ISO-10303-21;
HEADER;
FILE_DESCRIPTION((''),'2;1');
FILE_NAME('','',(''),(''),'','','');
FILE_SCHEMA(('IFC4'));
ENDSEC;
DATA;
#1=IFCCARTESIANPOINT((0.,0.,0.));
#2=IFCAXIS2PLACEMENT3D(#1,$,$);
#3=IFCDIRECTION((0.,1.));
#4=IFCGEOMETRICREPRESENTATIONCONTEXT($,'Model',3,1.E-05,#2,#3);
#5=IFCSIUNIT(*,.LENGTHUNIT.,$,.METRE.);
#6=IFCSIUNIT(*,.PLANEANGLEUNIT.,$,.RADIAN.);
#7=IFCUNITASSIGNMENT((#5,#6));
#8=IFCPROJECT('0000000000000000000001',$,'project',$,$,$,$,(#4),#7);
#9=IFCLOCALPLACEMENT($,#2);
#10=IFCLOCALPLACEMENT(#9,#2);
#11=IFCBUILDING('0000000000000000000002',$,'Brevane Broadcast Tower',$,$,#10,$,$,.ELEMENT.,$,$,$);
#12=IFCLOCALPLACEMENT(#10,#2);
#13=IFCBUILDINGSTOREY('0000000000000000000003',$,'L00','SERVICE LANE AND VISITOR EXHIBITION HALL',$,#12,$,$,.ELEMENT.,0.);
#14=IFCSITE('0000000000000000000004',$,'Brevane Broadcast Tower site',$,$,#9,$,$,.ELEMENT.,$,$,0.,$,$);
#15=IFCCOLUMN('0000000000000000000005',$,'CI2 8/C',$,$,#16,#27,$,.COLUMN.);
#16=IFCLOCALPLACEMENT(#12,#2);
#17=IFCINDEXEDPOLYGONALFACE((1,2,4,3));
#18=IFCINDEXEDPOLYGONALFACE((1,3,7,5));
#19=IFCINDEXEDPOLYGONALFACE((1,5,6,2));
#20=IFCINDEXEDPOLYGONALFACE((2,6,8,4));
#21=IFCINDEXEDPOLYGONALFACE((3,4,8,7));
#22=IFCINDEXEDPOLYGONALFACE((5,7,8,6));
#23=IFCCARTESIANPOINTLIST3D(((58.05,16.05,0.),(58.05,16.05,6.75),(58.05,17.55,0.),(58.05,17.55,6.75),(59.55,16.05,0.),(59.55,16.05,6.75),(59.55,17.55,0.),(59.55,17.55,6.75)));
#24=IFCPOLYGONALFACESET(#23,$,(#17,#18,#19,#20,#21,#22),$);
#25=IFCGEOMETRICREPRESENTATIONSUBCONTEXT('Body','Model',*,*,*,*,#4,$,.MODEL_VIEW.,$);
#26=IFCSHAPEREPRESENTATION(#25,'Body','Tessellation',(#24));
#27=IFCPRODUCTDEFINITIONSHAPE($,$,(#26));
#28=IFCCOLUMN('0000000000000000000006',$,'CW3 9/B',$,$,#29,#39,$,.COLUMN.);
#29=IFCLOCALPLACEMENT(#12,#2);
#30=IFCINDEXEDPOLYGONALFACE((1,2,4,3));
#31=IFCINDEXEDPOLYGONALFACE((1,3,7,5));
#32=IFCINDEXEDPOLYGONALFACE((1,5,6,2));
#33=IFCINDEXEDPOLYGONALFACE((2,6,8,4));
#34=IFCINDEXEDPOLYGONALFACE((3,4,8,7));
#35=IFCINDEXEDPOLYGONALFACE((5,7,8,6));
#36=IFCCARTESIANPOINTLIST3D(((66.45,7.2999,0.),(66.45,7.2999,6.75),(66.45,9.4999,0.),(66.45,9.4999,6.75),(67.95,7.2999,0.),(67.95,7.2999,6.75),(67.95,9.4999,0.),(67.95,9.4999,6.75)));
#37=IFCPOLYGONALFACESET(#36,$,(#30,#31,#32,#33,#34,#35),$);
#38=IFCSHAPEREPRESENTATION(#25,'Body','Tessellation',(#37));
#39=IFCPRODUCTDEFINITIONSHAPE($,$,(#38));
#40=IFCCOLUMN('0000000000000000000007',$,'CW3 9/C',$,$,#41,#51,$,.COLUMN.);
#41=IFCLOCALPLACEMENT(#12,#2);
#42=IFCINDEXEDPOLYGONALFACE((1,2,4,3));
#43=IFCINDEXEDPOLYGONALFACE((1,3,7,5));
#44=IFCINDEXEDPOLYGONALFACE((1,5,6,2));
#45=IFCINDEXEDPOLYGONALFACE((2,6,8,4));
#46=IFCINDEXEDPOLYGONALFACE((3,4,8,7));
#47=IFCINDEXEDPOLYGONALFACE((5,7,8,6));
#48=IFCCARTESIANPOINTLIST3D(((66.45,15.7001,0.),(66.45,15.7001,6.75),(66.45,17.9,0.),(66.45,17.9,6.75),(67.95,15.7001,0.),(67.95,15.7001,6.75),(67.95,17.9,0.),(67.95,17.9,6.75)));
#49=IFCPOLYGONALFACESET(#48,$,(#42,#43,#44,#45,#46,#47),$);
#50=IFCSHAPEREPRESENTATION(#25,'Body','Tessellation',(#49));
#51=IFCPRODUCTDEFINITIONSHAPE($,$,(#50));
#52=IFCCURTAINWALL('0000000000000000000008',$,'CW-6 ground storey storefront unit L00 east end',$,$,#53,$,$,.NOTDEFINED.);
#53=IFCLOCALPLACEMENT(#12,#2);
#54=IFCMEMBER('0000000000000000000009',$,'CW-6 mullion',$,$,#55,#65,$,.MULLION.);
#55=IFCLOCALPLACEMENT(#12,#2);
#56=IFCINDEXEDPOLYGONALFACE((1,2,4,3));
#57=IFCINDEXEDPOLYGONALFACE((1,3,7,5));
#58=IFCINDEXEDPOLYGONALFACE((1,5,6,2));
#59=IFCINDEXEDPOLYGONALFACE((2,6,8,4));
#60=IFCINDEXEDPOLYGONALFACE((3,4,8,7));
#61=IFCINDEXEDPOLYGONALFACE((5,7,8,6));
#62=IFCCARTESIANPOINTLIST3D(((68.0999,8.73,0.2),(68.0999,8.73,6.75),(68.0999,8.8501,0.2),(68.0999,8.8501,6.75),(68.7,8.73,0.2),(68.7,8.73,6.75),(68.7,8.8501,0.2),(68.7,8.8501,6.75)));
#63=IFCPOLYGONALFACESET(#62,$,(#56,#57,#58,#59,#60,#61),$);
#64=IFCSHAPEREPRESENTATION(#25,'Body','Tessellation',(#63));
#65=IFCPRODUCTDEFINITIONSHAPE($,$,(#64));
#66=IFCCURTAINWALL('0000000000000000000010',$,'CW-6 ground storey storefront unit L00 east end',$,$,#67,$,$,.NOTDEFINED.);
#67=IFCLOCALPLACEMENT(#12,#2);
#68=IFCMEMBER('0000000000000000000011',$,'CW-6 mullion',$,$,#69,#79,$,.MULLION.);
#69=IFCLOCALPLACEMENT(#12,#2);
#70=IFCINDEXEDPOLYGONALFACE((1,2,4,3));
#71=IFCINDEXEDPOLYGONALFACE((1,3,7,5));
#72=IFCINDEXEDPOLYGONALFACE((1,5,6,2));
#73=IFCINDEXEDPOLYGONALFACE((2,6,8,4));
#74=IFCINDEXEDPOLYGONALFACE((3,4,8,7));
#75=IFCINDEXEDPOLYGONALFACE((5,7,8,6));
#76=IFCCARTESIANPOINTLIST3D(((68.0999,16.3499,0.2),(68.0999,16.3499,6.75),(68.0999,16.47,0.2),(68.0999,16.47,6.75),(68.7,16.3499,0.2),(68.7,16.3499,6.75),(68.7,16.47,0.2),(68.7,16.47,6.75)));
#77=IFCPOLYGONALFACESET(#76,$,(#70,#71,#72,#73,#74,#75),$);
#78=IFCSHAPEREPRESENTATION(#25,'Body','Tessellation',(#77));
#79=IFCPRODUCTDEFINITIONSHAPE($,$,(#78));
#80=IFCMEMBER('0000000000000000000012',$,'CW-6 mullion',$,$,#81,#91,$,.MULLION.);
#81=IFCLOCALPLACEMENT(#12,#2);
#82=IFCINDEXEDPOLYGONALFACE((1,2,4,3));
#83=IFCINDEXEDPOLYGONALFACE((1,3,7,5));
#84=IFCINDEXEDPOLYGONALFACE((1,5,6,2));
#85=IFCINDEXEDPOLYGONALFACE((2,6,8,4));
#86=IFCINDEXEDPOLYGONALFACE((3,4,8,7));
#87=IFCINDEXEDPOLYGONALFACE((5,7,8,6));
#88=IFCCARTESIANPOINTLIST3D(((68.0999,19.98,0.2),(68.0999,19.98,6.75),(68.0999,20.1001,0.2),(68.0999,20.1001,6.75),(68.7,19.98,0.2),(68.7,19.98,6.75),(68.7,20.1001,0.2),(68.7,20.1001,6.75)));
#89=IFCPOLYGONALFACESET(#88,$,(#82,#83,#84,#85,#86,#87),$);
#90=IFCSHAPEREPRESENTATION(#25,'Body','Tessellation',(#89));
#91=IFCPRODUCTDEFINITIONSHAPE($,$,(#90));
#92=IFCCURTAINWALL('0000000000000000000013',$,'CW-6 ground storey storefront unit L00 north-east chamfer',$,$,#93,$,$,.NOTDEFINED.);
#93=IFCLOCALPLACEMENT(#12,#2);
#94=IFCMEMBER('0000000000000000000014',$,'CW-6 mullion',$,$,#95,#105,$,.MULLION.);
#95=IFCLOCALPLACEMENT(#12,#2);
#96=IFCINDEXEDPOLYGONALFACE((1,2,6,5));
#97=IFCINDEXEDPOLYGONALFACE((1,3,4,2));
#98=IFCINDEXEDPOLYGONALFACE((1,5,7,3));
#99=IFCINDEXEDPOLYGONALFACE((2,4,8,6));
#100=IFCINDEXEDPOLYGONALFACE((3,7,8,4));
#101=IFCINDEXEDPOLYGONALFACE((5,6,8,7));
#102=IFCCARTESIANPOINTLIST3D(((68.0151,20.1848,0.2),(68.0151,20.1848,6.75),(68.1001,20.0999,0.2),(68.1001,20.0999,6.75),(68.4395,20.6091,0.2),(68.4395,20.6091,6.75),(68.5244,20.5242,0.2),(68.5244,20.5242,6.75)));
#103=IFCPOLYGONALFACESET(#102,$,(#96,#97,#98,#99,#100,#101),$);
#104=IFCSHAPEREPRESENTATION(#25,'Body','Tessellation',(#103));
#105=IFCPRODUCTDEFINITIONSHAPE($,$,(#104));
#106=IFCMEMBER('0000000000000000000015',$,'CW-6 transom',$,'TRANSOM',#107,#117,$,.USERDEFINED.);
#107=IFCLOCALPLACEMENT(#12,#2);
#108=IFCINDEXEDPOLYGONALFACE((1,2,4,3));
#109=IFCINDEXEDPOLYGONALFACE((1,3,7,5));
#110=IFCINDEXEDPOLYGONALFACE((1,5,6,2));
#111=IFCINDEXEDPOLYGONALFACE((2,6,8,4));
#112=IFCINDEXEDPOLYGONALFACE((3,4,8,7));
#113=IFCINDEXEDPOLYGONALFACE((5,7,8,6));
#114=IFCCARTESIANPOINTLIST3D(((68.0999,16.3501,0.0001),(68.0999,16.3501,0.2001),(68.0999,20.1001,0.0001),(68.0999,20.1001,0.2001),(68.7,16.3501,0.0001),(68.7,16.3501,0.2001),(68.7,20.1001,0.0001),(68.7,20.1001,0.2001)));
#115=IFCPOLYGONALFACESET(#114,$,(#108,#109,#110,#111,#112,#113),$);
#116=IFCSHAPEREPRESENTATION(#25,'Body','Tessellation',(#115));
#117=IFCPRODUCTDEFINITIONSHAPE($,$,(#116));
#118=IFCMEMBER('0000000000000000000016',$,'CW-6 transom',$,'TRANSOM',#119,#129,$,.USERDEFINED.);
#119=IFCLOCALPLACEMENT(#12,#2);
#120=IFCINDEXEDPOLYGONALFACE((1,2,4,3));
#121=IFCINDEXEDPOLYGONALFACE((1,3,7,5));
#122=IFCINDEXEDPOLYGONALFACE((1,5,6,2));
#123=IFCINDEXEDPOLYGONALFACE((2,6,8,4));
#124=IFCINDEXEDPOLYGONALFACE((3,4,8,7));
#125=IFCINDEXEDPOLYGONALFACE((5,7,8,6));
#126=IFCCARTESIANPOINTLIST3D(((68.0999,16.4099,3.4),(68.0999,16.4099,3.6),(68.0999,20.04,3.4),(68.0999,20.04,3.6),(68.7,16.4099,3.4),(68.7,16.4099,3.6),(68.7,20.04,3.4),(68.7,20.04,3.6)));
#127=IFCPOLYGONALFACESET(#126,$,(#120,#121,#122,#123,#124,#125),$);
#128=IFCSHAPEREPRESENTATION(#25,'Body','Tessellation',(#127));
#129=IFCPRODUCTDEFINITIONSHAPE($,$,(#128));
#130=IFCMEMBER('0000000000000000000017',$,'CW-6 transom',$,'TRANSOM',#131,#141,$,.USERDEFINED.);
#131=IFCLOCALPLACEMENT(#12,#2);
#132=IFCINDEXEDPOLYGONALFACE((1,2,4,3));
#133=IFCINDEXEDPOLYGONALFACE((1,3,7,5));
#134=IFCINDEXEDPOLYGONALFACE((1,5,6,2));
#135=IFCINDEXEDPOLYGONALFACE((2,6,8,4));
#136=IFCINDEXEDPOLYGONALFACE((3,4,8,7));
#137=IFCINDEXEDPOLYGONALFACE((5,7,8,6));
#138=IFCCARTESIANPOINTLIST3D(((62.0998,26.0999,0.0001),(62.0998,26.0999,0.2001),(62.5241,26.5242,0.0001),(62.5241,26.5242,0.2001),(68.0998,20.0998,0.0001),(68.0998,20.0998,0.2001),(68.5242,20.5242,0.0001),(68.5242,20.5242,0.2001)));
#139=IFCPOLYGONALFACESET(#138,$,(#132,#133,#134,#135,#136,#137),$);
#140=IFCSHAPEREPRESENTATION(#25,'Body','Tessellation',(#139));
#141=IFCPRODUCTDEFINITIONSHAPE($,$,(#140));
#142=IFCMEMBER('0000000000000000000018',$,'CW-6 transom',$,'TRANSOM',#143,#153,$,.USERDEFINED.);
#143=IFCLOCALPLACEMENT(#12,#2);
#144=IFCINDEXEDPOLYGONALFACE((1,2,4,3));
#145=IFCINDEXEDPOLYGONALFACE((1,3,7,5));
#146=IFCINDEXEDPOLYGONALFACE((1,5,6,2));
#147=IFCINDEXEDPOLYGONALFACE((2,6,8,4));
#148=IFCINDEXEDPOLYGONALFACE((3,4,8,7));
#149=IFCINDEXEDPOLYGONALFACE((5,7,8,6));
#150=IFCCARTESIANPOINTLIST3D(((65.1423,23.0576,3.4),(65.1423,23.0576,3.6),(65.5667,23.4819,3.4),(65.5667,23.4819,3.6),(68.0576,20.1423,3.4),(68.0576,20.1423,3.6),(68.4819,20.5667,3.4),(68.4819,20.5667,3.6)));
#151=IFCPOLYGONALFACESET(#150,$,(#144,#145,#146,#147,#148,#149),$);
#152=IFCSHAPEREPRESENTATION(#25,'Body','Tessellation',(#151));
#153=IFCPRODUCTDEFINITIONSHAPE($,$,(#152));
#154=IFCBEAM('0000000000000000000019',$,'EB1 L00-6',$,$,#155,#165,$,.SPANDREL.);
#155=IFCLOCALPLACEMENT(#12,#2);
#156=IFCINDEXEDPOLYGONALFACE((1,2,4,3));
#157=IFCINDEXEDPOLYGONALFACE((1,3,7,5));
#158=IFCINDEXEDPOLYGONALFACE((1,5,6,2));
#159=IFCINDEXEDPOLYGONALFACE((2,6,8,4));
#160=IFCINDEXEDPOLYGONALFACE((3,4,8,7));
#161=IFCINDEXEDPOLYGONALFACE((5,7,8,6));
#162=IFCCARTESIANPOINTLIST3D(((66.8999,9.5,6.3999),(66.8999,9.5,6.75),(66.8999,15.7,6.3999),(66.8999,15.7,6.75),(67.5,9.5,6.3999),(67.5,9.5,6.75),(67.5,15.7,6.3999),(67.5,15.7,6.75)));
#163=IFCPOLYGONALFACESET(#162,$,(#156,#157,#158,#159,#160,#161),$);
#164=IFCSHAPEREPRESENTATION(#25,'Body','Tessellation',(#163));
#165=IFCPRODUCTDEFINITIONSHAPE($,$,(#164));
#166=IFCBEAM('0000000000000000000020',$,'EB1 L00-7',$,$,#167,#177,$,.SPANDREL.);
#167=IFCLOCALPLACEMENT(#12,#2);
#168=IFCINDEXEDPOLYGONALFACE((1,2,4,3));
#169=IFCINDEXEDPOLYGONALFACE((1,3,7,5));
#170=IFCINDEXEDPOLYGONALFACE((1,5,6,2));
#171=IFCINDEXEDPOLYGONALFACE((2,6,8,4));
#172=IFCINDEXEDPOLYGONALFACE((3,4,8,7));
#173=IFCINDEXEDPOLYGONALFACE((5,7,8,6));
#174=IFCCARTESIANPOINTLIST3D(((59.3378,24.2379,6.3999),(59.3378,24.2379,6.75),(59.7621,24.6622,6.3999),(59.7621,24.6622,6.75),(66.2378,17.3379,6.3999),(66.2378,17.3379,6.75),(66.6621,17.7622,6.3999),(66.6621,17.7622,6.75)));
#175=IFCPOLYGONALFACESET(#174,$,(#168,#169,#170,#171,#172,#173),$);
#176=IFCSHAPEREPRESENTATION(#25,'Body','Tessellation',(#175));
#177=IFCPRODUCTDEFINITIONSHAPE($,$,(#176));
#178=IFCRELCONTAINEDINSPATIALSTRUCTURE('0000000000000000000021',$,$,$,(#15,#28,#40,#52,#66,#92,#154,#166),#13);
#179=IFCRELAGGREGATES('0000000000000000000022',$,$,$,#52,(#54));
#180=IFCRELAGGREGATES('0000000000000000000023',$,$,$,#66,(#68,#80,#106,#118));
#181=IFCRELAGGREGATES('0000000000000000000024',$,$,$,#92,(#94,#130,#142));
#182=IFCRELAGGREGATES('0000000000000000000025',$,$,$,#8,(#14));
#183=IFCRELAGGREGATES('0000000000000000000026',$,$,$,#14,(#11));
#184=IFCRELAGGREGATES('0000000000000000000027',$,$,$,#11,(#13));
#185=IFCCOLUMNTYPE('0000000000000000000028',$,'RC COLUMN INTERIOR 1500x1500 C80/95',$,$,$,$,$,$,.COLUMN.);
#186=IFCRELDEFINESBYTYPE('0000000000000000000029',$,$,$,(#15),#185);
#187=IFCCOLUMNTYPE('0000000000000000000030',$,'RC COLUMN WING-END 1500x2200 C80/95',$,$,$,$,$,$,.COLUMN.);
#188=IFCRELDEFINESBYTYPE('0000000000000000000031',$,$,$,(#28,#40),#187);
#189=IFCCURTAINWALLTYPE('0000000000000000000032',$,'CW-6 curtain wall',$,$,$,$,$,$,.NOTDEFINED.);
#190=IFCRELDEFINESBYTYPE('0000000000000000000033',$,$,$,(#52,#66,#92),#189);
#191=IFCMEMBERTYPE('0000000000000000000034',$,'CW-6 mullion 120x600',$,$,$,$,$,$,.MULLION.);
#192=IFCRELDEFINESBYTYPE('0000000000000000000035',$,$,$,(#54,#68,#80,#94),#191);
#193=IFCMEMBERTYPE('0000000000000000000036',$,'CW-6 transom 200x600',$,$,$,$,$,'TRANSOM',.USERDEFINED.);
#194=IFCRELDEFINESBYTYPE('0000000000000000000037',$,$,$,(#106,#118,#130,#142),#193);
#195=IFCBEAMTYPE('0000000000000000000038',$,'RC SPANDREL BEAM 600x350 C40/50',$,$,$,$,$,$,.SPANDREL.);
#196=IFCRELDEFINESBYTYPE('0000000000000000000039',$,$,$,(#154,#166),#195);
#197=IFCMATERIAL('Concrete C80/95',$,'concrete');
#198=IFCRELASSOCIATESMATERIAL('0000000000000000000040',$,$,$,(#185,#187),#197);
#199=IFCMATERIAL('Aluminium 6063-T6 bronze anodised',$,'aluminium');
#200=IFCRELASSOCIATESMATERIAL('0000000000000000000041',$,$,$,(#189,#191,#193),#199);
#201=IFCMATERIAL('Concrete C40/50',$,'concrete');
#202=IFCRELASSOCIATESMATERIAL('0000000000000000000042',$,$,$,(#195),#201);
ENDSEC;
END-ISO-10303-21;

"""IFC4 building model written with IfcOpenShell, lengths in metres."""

from ifc_helpers import new_model, si_unit, direction, frame, origin, origin_2d, place, context, subcontext, project, spatial, rectangle, extrude, material, material_profile, profile_set, type_object, element, aggregate, save


model = new_model("IFC4")

# Units and contexts
model_context = context("Model", 3, precision=1e-05, world=origin(), true_north=direction((0.0, 1.0)))
body_context = subcontext(model_context, "Body", "Model", "MODEL_VIEW")
ifc_project = project(units=[si_unit("LENGTHUNIT", "METRE"), si_unit("PLANEANGLEUNIT", "RADIAN")], contexts=[model_context])

# Site, building, storey
site_placement = place(None, origin())
site = spatial("IfcSite", under=ifc_project, at=site_placement, Name="Brevane Broadcast Tower site", CompositionType="ELEMENT", RefElevation=0.0)
building_placement = place(site_placement, origin())
building = spatial("IfcBuilding", under=site, at=building_placement, Name="Brevane Broadcast Tower", CompositionType="ELEMENT")
storey_placement = place(building_placement, origin())
storey = spatial("IfcBuildingStorey", under=building, at=storey_placement, Name="L00", Description="SERVICE LANE AND VISITOR EXHIBITION HALL", CompositionType="ELEMENT", Elevation=0.0)

# Columns
ifc_material_1 = material(Name="Concrete C80/95", Category="concrete")
ifc_material_profile_1 = material_profile(ifc_material_1, rectangle(XDim=1.5, YDim=1.5, at=origin_2d()), Name="RC 1500x1500")
ifc_profile_set_1 = profile_set([ifc_material_profile_1], Name="Concrete C80/95")
column_type_1 = type_object("IfcColumnType", Name="RC COLUMN INTERIOR 1500x1500 C80/95", PredefinedType="COLUMN", material=ifc_profile_set_1)
column_placement = place(storey_placement, frame((58.8, 16.8, 0.0), z_axis=(0.0, 0.0, 1.0), x_axis=(1.0, 0.0, 0.0)))
element("IfcColumn", 1, at=column_placement, inside=storey, type_object=column_type_1, Name="CI2 8/C", PredefinedType="COLUMN", context=body_context, shape_type="SweptSolid", body=[
    extrude(rectangle(XDim=1.5, YDim=1.5, at=origin_2d()), origin(), (0.0, 0.0, 1.0), 6.75),
])
ifc_material_profile_2 = material_profile(ifc_material_1, rectangle(XDim=1.5, YDim=2.2, at=origin_2d()), Name="RC 1500x2200")
ifc_profile_set_2 = profile_set([ifc_material_profile_2], Name="Concrete C80/95")
column_type_2 = type_object("IfcColumnType", Name="RC COLUMN WING-END 1500x2200 C80/95", PredefinedType="COLUMN", material=ifc_profile_set_2)
for number, where, z_axis, x_axis, name in (
    (2, (67.2, 8.3999, 0.0), (0.0, 0.0, 1.0), (1.0, 0.0, 0.0), "CW3 9/B"),
    (3, (67.2, 16.8, 0.0), (0.0, 0.0, 1.0), (1.0, 0.0, 0.0), "CW3 9/C"),
):
    element("IfcColumn", number, at=place(storey_placement, frame(where, z_axis=z_axis, x_axis=x_axis)), inside=storey, type_object=column_type_2, Name=name, PredefinedType="COLUMN", context=body_context, shape_type="SweptSolid", body=[
        extrude(rectangle(XDim=1.5, YDim=2.2, at=origin_2d()), origin(), (0.0, 0.0, 1.0), 6.75),
    ])

# Curtain wall, member
ifc_material_2 = material(Name="Aluminium 6063-T6 bronze anodised", Category="aluminium")
curtain_wall_type = type_object("IfcCurtainWallType", Name="CW-6 curtain wall", PredefinedType="NOTDEFINED", material=ifc_material_2)
curtain_wall_1_placement = place(storey_placement, origin())
curtain_wall_1 = element("IfcCurtainWall", 4, at=curtain_wall_1_placement, inside=storey, type_object=curtain_wall_type, Name="CW-6 ground storey storefront unit L00 east end", PredefinedType="NOTDEFINED")
ifc_material_profile_3 = material_profile(ifc_material_2, rectangle(XDim=0.6001, YDim=0.1201, at=origin_2d()), Name="RECT 120x600")
ifc_profile_set_3 = profile_set([ifc_material_profile_3], Name="Aluminium 6063-T6 bronze anodised")
member_type_1 = type_object("IfcMemberType", Name="CW-6 mullion 120x600", PredefinedType="MULLION", material=ifc_profile_set_3)
member_1_placement = place(storey_placement, frame((68.3999, 8.79, 0.2), z_axis=(0.0, 0.0, 1.0), x_axis=(-1.0, 0.0, 0.0)))
member_1 = element("IfcMember", 5, at=member_1_placement, type_object=member_type_1, Name="CW-6 mullion", PredefinedType="MULLION", context=body_context, shape_type="SweptSolid", body=[
    extrude(rectangle(XDim=0.6001, YDim=0.1201, at=origin_2d()), origin(), (0.0, 0.0, 1.0), 6.55),
])
aggregate(curtain_wall_1, [member_1])

# Curtain wall, members
curtain_wall_2_placement = place(storey_placement, origin())
curtain_wall_2 = element("IfcCurtainWall", 6, at=curtain_wall_2_placement, inside=storey, type_object=curtain_wall_type, Name="CW-6 ground storey storefront unit L00 east end", PredefinedType="NOTDEFINED")
member_2_placement = place(storey_placement, frame((68.3999, 16.4099, 0.2), z_axis=(0.0, 0.0, 1.0), x_axis=(-1.0, 0.0, 0.0)))
member_2 = element("IfcMember", 7, at=member_2_placement, type_object=member_type_1, Name="CW-6 mullion", PredefinedType="MULLION", context=body_context, shape_type="SweptSolid", body=[
    extrude(rectangle(XDim=0.6001, YDim=0.1201, at=origin_2d()), origin(), (0.0, 0.0, 1.0), 6.55),
])
member_3_placement = place(storey_placement, frame((68.3999, 20.04, 0.2), z_axis=(0.0, 0.0, 1.0), x_axis=(-1.0, 0.0, 0.0)))
member_3 = element("IfcMember", 8, at=member_3_placement, type_object=member_type_1, Name="CW-6 mullion", PredefinedType="MULLION", context=body_context, shape_type="SweptSolid", body=[
    extrude(rectangle(XDim=0.6001, YDim=0.1201, at=origin_2d()), origin(), (0.0, 0.0, 1.0), 6.55),
])

# Curtain wall, member
curtain_wall_3_placement = place(storey_placement, origin())
curtain_wall_3 = element("IfcCurtainWall", 9, at=curtain_wall_3_placement, inside=storey, type_object=curtain_wall_type, Name="CW-6 ground storey storefront unit L00 north-east chamfer", PredefinedType="NOTDEFINED")
member_4_placement = place(storey_placement, frame((68.2698, 20.3545, 0.2), z_axis=(0.0, 0.0, 1.0), x_axis=(-0.707107, -0.707107, 0.0)))
member_4 = element("IfcMember", 10, at=member_4_placement, type_object=member_type_1, Name="CW-6 mullion", PredefinedType="MULLION", context=body_context, shape_type="SweptSolid", body=[
    extrude(rectangle(XDim=0.6001, YDim=0.1201, at=origin_2d()), origin(), (0.0, 0.0, 1.0), 6.55),
])

# Members
ifc_material_profile_4 = material_profile(ifc_material_2, rectangle(XDim=0.6001, YDim=0.2, at=origin_2d()), Name="RECT 200x600")
ifc_profile_set_4 = profile_set([ifc_material_profile_4], Name="Aluminium 6063-T6 bronze anodised")
member_type_2 = type_object("IfcMemberType", Name="CW-6 transom 200x600", ElementType="TRANSOM", PredefinedType="USERDEFINED", material=ifc_profile_set_4)
member_5_placement = place(storey_placement, frame((68.3999, 16.3501, 0.1001), z_axis=(0.0, 1.0, 0.0), x_axis=(-1.0, 0.0, 0.0)))
member_5 = element("IfcMember", 11, at=member_5_placement, type_object=member_type_2, Name="CW-6 transom", ObjectType="TRANSOM", PredefinedType="USERDEFINED", context=body_context, shape_type="SweptSolid", body=[
    extrude(rectangle(XDim=0.6001, YDim=0.2, at=origin_2d()), origin(), (0.0, 0.0, 1.0), 3.75),
])
member_6_placement = place(storey_placement, frame((68.3999, 16.4099, 3.5), z_axis=(0.0, 1.0, 0.0), x_axis=(-1.0, 0.0, 0.0)))
member_6 = element("IfcMember", 12, at=member_6_placement, type_object=member_type_2, Name="CW-6 transom", ObjectType="TRANSOM", PredefinedType="USERDEFINED", context=body_context, shape_type="SweptSolid", body=[
    extrude(rectangle(XDim=0.6001, YDim=0.2, at=origin_2d()), origin(), (0.0, 0.0, 1.0), 3.6301),
])
aggregate(curtain_wall_2, [member_2, member_3, member_5, member_6])
member_7_placement = place(storey_placement, frame((68.312, 20.312, 0.1001), z_axis=(-0.707107, 0.707107, 0.0), x_axis=(-0.707107, -0.707107, 0.0)))
member_7 = element("IfcMember", 13, at=member_7_placement, type_object=member_type_2, Name="CW-6 transom", ObjectType="TRANSOM", PredefinedType="USERDEFINED", context=body_context, shape_type="SweptSolid", body=[
    extrude(rectangle(XDim=0.6001, YDim=0.2, at=origin_2d()), origin(), (0.0, 0.0, 1.0), 8.4854),
])
member_8_placement = place(storey_placement, frame((68.2698, 20.3545, 3.5), z_axis=(-0.707107, 0.707107, 0.0), x_axis=(-0.707107, -0.707107, 0.0)))
member_8 = element("IfcMember", 14, at=member_8_placement, type_object=member_type_2, Name="CW-6 transom", ObjectType="TRANSOM", PredefinedType="USERDEFINED", context=body_context, shape_type="SweptSolid", body=[
    extrude(rectangle(XDim=0.6001, YDim=0.2, at=origin_2d()), origin(), (0.0, 0.0, 1.0), 4.1228),
])
aggregate(curtain_wall_3, [member_4, member_7, member_8])

# Beams
ifc_material_3 = material(Name="Concrete C40/50", Category="concrete")
ifc_material_profile_5 = material_profile(ifc_material_3, rectangle(XDim=0.6001, YDim=0.3501, at=origin_2d()), Name="RC 600x350")
ifc_profile_set_5 = profile_set([ifc_material_profile_5], Name="Concrete C40/50")
beam_type = type_object("IfcBeamType", Name="RC SPANDREL BEAM 600x350 C40/50", PredefinedType="SPANDREL", material=ifc_profile_set_5)
beam_1_placement = place(storey_placement, frame((67.2, 9.5, 6.575), z_axis=(0.0, 1.0, 0.0), x_axis=(-1.0, 0.0, 0.0)))
element("IfcBeam", 15, at=beam_1_placement, inside=storey, type_object=beam_type, Name="EB1 L00-6", PredefinedType="SPANDREL", context=body_context, shape_type="SweptSolid", body=[
    extrude(rectangle(XDim=0.6001, YDim=0.3501, at=origin_2d()), origin(), (0.0, 0.0, 1.0), 6.2),
])
beam_2_placement = place(storey_placement, frame((66.45, 17.55, 6.575), z_axis=(-0.707107, 0.707107, 0.0), x_axis=(-0.707107, -0.707107, 0.0)))
element("IfcBeam", 16, at=beam_2_placement, inside=storey, type_object=beam_type, Name="EB1 L00-7", PredefinedType="SPANDREL", context=body_context, shape_type="SweptSolid", body=[
    extrude(rectangle(XDim=0.6001, YDim=0.3501, at=origin_2d()), origin(), (0.0, 0.0, 1.0), 9.7581),
])

save(model, "model.ifc")
